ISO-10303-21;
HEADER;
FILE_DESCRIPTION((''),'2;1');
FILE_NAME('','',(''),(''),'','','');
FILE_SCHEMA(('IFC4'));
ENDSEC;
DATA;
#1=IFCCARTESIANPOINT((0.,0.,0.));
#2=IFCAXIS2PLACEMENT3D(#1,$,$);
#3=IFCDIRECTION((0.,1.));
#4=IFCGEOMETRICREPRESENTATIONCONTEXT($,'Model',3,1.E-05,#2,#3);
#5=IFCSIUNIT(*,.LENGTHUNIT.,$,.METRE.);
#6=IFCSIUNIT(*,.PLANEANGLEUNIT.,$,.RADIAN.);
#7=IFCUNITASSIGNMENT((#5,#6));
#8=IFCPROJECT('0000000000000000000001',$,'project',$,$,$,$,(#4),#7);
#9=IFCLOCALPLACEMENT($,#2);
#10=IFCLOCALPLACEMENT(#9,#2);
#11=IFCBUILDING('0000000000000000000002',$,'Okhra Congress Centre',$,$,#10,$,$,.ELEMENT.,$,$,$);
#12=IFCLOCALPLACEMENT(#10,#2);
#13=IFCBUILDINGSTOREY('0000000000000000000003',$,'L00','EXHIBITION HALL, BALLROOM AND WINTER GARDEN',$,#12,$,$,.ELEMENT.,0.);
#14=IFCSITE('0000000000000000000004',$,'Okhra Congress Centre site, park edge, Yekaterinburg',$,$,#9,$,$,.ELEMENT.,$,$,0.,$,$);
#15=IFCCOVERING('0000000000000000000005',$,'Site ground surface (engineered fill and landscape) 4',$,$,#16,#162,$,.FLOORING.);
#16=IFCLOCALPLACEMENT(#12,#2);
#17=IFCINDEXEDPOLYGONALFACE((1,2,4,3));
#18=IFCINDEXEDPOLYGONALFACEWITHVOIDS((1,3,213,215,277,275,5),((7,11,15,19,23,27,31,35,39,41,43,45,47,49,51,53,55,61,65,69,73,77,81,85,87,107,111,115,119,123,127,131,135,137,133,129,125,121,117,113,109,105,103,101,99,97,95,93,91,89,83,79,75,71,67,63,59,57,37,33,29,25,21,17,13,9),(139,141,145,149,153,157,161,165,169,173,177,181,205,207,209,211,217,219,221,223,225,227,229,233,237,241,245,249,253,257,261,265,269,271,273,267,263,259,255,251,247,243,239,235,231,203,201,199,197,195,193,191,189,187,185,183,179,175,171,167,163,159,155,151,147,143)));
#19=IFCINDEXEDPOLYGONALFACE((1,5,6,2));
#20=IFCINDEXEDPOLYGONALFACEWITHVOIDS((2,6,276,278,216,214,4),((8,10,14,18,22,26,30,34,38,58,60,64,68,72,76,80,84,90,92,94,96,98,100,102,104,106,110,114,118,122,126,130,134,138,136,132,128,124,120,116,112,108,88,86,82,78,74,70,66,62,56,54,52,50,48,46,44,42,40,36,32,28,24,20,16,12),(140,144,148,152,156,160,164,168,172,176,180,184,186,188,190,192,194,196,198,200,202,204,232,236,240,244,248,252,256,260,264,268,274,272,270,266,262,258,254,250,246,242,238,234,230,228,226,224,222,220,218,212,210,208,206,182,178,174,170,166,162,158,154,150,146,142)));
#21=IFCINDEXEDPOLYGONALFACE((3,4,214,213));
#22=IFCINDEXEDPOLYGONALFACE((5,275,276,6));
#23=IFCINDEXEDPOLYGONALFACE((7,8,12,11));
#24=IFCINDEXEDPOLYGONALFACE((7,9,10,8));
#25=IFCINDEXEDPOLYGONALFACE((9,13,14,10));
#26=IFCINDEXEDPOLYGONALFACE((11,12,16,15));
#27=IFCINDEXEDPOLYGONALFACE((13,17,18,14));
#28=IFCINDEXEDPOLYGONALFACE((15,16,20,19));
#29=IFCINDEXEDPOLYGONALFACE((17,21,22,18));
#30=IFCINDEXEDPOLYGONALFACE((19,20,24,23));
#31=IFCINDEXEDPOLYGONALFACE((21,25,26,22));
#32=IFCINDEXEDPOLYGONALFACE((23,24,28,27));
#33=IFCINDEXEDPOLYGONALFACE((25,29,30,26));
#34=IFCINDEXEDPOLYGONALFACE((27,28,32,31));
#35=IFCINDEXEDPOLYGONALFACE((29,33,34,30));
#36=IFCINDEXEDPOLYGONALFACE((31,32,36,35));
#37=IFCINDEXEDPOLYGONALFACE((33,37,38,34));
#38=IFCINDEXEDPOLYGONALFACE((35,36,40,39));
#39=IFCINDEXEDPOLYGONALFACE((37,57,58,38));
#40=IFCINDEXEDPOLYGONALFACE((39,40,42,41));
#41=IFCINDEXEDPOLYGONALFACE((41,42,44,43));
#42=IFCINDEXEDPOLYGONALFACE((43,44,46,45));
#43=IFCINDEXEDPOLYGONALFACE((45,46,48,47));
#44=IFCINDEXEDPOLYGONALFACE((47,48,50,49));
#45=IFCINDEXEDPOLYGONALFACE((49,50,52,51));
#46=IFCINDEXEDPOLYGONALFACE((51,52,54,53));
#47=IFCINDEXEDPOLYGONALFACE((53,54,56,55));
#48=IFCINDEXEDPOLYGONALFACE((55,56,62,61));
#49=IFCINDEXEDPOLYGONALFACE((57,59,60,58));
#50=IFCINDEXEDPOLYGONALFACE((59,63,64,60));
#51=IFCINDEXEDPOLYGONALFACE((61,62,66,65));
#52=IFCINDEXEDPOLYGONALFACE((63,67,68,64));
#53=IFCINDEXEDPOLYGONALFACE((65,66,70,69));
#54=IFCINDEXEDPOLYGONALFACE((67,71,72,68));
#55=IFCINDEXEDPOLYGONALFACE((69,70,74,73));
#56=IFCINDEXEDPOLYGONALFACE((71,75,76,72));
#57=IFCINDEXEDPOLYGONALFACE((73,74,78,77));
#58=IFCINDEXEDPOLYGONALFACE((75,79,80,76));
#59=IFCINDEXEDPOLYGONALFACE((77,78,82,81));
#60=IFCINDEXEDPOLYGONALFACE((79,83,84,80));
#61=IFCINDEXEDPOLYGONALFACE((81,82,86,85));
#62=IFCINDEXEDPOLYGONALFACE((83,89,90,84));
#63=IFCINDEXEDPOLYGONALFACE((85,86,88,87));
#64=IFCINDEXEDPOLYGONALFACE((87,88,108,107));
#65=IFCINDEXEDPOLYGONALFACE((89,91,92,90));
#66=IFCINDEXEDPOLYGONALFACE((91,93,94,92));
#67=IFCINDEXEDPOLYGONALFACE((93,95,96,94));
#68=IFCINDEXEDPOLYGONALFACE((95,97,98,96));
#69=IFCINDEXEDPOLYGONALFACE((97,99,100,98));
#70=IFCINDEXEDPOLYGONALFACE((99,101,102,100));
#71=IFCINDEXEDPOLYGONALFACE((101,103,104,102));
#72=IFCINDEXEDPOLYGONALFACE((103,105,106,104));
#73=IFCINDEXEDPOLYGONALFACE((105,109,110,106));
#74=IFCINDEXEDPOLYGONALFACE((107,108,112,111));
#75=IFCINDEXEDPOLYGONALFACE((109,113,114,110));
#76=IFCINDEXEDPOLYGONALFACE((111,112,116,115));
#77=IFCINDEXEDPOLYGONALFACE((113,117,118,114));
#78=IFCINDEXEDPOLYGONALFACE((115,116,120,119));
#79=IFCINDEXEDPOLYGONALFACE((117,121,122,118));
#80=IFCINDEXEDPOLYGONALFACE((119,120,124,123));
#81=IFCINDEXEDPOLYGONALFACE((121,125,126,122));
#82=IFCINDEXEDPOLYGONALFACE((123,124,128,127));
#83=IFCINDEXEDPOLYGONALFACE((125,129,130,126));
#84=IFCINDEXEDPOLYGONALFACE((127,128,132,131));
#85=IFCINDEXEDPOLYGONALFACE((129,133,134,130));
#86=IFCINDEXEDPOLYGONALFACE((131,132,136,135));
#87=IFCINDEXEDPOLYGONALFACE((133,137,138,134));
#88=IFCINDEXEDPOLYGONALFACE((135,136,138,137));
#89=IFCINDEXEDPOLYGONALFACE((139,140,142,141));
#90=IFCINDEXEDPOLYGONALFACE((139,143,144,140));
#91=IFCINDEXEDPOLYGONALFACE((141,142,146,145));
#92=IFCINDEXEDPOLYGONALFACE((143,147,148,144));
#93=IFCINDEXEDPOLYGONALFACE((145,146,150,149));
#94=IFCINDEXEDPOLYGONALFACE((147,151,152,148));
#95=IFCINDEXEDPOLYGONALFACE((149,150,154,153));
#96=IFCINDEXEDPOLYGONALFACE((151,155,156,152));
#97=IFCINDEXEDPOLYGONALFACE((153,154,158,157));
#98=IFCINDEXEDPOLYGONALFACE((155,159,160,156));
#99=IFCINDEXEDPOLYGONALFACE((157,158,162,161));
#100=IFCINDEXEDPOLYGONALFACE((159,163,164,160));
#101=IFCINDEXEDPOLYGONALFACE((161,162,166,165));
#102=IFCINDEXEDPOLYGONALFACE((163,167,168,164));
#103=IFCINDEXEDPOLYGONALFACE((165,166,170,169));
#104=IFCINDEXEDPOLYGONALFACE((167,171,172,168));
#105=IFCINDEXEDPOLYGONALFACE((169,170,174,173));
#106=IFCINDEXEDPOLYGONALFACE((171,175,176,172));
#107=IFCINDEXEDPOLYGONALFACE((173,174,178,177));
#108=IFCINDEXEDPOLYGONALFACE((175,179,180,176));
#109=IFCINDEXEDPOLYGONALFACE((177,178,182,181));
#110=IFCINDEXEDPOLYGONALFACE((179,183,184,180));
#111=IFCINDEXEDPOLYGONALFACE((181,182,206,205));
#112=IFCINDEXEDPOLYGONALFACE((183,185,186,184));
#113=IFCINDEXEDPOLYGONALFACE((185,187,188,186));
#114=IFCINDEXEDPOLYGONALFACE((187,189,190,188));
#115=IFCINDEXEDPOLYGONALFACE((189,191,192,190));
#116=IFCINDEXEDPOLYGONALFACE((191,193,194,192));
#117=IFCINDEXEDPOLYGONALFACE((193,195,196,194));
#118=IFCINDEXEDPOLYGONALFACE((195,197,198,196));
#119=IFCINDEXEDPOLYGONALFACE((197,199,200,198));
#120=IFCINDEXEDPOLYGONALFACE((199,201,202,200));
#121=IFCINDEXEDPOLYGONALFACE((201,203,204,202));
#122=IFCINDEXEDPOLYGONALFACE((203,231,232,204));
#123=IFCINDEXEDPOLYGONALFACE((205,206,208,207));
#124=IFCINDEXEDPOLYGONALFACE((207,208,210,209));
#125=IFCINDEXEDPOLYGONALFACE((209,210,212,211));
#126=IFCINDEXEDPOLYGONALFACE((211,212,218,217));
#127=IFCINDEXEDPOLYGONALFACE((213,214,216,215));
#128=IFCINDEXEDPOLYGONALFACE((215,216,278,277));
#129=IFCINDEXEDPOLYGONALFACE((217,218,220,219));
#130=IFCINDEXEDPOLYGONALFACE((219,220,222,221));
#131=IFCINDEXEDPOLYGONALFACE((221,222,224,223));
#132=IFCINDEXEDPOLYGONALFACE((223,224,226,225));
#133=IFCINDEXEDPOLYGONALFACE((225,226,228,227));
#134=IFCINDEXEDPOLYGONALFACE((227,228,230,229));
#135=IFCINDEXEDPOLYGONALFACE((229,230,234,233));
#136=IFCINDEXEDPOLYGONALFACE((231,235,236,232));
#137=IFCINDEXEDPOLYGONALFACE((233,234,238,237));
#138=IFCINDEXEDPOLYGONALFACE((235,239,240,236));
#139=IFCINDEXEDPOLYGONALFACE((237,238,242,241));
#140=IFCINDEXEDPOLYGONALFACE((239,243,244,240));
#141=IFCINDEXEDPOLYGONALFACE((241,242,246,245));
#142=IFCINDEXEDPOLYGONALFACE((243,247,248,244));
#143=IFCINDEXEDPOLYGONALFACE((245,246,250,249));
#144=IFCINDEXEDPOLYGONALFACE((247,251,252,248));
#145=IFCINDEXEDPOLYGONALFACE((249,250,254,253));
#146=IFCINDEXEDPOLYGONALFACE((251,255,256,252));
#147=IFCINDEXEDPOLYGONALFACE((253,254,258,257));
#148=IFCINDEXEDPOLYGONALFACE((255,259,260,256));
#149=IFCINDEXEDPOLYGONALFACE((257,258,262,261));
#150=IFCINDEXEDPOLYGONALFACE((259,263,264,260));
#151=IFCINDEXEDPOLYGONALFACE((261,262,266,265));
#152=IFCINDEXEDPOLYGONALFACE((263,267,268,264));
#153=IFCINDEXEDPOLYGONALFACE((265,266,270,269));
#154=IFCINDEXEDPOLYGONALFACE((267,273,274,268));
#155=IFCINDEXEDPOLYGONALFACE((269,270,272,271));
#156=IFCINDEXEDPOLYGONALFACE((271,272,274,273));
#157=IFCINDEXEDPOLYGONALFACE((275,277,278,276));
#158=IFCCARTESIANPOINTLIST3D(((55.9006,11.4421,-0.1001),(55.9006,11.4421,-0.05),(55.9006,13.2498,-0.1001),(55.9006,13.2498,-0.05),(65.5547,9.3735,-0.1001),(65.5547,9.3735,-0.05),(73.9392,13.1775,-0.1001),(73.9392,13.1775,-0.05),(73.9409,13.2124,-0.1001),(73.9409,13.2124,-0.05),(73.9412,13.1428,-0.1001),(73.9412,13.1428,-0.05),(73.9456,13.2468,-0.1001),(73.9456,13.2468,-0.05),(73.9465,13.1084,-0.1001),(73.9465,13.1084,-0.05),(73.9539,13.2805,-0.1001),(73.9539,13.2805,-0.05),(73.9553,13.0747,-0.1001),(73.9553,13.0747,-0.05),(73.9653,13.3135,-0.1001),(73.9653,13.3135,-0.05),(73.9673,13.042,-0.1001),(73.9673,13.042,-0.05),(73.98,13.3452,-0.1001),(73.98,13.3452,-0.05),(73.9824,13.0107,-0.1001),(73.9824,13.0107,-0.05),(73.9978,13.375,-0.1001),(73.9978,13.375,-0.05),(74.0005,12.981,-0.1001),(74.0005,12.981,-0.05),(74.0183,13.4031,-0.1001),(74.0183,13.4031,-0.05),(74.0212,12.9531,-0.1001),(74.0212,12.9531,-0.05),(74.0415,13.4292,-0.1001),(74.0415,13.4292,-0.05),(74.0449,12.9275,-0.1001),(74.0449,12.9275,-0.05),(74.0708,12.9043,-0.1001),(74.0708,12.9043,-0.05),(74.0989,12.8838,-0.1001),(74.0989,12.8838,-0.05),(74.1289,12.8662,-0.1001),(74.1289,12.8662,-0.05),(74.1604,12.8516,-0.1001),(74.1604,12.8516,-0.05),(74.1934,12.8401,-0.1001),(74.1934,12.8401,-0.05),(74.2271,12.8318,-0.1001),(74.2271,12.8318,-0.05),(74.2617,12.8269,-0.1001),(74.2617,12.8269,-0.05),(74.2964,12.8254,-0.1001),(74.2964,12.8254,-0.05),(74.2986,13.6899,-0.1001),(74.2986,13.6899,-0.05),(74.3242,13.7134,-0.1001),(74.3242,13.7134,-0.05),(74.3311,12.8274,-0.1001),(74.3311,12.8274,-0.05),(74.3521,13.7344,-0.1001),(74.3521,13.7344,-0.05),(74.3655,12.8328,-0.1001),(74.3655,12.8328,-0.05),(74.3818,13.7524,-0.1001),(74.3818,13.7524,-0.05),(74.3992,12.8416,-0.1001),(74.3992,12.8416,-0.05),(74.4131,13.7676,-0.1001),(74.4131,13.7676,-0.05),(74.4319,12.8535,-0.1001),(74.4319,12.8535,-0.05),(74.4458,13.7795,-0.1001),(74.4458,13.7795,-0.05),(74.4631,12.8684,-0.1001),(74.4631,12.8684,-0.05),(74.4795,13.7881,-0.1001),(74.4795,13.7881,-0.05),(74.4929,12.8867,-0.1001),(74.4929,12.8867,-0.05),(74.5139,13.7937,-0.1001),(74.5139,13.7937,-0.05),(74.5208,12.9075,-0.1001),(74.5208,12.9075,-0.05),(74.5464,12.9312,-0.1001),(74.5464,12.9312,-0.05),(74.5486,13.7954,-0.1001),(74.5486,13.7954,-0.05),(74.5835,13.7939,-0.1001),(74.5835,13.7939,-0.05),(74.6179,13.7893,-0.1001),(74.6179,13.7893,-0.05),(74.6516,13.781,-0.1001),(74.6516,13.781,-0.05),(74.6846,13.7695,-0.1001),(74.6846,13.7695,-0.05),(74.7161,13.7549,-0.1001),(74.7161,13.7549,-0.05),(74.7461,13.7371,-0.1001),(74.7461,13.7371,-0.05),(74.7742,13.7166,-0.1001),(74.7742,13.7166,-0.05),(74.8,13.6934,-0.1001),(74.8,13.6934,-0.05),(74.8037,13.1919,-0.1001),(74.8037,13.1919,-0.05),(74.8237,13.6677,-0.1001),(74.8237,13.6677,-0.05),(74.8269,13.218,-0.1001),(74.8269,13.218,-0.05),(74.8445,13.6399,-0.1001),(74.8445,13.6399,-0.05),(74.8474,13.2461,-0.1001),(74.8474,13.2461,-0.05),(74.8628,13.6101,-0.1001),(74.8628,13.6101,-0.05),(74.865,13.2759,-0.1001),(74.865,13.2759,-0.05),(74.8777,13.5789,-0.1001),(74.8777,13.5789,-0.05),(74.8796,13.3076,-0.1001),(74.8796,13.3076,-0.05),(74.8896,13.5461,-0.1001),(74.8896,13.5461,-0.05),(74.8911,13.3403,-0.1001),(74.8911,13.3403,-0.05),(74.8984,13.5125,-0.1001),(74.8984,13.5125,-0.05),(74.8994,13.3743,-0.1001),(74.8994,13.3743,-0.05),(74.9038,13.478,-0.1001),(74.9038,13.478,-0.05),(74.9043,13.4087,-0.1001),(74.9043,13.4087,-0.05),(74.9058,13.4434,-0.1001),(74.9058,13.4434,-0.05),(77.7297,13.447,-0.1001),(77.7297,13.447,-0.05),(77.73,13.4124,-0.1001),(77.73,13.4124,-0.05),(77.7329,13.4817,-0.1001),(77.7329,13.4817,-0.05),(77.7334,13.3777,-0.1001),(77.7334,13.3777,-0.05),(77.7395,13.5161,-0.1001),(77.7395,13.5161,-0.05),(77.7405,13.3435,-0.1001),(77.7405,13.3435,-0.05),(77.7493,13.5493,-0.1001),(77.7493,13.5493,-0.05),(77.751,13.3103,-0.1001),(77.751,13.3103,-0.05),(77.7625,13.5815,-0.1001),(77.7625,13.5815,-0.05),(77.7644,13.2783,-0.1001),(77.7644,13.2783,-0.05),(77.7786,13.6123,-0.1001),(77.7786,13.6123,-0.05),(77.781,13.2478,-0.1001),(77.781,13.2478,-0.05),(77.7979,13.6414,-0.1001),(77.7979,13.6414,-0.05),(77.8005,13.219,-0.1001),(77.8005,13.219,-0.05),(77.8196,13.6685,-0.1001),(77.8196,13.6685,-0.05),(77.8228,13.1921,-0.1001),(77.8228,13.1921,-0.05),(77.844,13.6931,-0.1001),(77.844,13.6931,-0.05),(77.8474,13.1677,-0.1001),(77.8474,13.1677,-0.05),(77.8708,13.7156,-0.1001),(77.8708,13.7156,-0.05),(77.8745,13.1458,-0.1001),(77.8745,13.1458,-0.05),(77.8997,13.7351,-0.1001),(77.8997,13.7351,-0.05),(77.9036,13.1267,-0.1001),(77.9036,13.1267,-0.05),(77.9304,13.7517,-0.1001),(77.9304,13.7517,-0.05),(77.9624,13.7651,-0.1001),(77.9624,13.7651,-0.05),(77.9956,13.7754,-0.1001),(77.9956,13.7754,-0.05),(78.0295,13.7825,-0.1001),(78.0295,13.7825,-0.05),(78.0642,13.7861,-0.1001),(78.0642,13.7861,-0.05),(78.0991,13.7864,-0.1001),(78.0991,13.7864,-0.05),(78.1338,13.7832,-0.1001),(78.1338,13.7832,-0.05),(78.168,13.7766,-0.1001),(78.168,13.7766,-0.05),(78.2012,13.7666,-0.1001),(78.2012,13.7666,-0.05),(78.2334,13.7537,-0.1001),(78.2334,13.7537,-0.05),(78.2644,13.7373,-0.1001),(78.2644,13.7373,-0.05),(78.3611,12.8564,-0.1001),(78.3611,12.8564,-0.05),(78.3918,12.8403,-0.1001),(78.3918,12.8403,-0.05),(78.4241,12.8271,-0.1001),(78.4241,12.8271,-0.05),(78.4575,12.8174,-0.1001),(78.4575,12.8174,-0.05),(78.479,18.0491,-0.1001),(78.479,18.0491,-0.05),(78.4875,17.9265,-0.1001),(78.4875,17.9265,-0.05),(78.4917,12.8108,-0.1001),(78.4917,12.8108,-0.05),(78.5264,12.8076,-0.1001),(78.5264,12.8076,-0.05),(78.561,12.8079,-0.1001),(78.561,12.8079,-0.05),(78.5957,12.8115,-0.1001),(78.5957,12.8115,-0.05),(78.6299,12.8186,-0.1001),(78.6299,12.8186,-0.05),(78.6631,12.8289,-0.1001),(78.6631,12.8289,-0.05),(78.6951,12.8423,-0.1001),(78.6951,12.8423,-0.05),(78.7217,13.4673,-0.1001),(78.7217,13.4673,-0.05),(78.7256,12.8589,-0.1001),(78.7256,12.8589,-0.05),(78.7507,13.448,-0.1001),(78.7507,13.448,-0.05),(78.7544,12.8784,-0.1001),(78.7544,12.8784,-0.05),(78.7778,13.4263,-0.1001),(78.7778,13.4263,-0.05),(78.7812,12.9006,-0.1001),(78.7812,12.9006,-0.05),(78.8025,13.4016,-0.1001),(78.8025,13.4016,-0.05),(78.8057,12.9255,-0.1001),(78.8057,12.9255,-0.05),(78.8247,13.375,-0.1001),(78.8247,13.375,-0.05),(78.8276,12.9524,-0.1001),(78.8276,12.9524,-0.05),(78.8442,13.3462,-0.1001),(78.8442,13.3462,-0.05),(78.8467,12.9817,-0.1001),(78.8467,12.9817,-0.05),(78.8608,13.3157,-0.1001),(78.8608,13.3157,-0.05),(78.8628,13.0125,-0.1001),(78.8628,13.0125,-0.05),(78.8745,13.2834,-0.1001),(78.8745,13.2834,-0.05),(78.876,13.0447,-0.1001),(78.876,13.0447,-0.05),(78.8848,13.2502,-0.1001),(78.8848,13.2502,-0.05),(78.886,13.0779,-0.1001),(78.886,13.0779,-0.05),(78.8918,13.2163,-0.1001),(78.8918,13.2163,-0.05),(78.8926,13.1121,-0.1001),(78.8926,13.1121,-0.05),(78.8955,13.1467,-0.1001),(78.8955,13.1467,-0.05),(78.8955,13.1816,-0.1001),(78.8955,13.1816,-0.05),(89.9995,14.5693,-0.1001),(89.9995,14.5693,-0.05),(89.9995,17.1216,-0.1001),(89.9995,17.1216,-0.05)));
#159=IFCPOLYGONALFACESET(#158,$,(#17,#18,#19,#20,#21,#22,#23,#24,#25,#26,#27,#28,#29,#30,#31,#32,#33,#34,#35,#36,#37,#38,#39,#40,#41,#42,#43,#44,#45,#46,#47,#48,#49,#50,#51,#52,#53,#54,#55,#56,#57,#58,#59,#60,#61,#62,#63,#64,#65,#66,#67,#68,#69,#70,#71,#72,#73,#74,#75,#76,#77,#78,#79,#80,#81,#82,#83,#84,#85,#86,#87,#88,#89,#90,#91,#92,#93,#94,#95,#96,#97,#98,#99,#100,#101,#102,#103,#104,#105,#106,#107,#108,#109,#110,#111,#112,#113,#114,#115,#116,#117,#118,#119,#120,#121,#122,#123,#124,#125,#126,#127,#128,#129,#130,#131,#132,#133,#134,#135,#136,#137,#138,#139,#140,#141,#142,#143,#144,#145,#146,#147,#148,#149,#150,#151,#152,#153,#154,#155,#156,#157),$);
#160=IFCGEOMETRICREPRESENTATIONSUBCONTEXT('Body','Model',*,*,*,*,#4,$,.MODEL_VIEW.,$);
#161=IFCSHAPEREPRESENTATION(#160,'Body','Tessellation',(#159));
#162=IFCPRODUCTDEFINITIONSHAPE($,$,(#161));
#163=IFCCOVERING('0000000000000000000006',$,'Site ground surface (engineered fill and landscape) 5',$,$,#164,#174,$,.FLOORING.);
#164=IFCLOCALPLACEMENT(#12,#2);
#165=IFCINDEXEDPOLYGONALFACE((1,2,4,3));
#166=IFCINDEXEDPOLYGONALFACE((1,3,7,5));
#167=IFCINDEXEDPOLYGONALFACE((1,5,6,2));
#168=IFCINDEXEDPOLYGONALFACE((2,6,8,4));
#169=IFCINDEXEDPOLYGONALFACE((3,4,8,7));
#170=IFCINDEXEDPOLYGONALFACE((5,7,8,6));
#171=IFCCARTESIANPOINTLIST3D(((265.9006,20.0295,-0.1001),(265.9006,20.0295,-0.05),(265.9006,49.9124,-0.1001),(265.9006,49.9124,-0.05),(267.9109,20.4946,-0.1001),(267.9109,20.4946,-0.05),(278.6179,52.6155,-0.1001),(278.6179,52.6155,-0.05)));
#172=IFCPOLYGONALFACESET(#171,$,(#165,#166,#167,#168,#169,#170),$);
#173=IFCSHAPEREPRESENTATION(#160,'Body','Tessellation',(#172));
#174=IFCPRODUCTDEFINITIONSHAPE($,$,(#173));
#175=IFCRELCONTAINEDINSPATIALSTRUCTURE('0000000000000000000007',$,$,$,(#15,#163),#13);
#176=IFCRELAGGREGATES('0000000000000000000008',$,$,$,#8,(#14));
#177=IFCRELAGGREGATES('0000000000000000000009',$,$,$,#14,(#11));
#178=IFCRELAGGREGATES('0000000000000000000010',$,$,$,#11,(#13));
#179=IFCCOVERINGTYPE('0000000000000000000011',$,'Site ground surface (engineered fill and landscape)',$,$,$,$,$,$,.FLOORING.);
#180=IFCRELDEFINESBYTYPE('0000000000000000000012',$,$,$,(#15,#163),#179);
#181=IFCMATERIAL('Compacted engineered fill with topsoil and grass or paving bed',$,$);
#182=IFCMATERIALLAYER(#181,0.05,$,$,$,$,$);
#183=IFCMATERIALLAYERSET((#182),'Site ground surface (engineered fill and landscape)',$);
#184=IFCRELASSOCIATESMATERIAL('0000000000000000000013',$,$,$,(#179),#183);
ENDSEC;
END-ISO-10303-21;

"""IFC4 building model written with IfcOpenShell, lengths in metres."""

from ifc_helpers import new_model, si_unit, direction, frame, origin, place, context, subcontext, project, spatial, polyline, outline, extrude, material, layer, layer_set, type_object, element, save


model = new_model("IFC4")

# Units and contexts
model_context = context("Model", 3, precision=1e-05, world=origin(), true_north=direction((0.0, 1.0)))
body_context = subcontext(model_context, "Body", "Model", "MODEL_VIEW")
ifc_project = project(units=[si_unit("LENGTHUNIT", "METRE"), si_unit("PLANEANGLEUNIT", "RADIAN")], contexts=[model_context])

# Site, building, storey
site_placement = place(None, origin())
site = spatial("IfcSite", under=ifc_project, at=site_placement, Name="Okhra Congress Centre site, park edge, Yekaterinburg", CompositionType="ELEMENT", RefElevation=0.0)
building_placement = place(site_placement, origin())
building = spatial("IfcBuilding", under=site, at=building_placement, Name="Okhra Congress Centre", CompositionType="ELEMENT")
storey_placement = place(building_placement, origin())
storey = spatial("IfcBuildingStorey", under=building, at=storey_placement, Name="L00", Description="EXHIBITION HALL, BALLROOM AND WINTER GARDEN", CompositionType="ELEMENT", Elevation=0.0)

# Coverings
ifc_material_1 = material(Name="Compacted engineered fill with topsoil and grass or paving bed")
ifc_layer_1 = layer(ifc_material_1, 0.05)
ifc_layer_set_1 = layer_set([ifc_layer_1], Name="Site ground surface (engineered fill and landscape)")
covering_type = type_object("IfcCoveringType", Name="Site ground surface (engineered fill and landscape)", PredefinedType="FLOORING", material=ifc_layer_set_1)
covering_1_placement = place(storey_placement, frame((0.0, 0.0, -0.1001)))
element("IfcCovering", 1, at=covering_1_placement, inside=storey, type_object=covering_type, Name="Site ground surface (engineered fill and landscape) 4", PredefinedType="FLOORING", context=body_context, shape_type="SweptSolid", body=[
    extrude(outline(polyline([(55.9006, 11.4421), (65.5547, 9.3735), (89.9995, 14.5693), (89.9995, 17.1216), (78.4875, 17.9265), (78.479, 18.0491), (55.9006, 13.2498), (55.9006, 11.4421)]), holes=[polyline([(77.7405, 13.3435), (77.751, 13.3103), (77.7644, 13.2783), (77.781, 13.2478), (77.8005, 13.219), (77.8228, 13.1921), (77.8474, 13.1677), (77.8745, 13.1458), (77.9036, 13.1267), (78.3611, 12.8564), (78.3918, 12.8403), (78.4241, 12.8271), (78.4575, 12.8174), (78.4917, 12.8108), (78.5264, 12.8076), (78.561, 12.8079), (78.5957, 12.8115), (78.6299, 12.8186), (78.6631, 12.8289), (78.6951, 12.8423), (78.7256, 12.8589), (78.7544, 12.8784), (78.7812, 12.9006), (78.8057, 12.9255), (78.8276, 12.9524), (78.8467, 12.9817), (78.8628, 13.0125), (78.876, 13.0447), (78.886, 13.0779), (78.8926, 13.1121), (78.8955, 13.1467), (78.8955, 13.1816), (78.8918, 13.2163), (78.8848, 13.2502), (78.8745, 13.2834), (78.8608, 13.3157), (78.8442, 13.3462), (78.8247, 13.375), (78.8025, 13.4016), (78.7778, 13.4263), (78.7507, 13.448), (78.7217, 13.4673), (78.2644, 13.7373), (78.2334, 13.7537), (78.2012, 13.7666), (78.168, 13.7766), (78.1338, 13.7832), (78.0991, 13.7864), (78.0642, 13.7861), (78.0295, 13.7825), (77.9956, 13.7754), (77.9624, 13.7651), (77.9304, 13.7517), (77.8997, 13.7351), (77.8708, 13.7156), (77.844, 13.6931), (77.8196, 13.6685), (77.7979, 13.6414), (77.7786, 13.6123), (77.7625, 13.5815), (77.7493, 13.5493), (77.7395, 13.5161), (77.7329, 13.4817), (77.7297, 13.447), (77.73, 13.4124), (77.7334, 13.3777), (77.7405, 13.3435)]), polyline([(74.2964, 12.8254), (74.3311, 12.8274), (74.3655, 12.8328), (74.3992, 12.8416), (74.4319, 12.8535), (74.4631, 12.8684), (74.4929, 12.8867), (74.5208, 12.9075), (74.5464, 12.9312), (74.8037, 13.1919), (74.8269, 13.218), (74.8474, 13.2461), (74.865, 13.2759), (74.8796, 13.3076), (74.8911, 13.3403), (74.8994, 13.3743), (74.9043, 13.4087), (74.9058, 13.4434), (74.9038, 13.478), (74.8984, 13.5125), (74.8896, 13.5461), (74.8777, 13.5789), (74.8628, 13.6101), (74.8445, 13.6399), (74.8237, 13.6677), (74.8, 13.6934), (74.7742, 13.7166), (74.7461, 13.7371), (74.7161, 13.7549), (74.6846, 13.7695), (74.6516, 13.781), (74.6179, 13.7893), (74.5835, 13.7939), (74.5486, 13.7954), (74.5139, 13.7937), (74.4795, 13.7881), (74.4458, 13.7795), (74.4131, 13.7676), (74.3818, 13.7524), (74.3521, 13.7344), (74.3242, 13.7134), (74.2986, 13.6899), (74.0415, 13.4292), (74.0183, 13.4031), (73.9978, 13.375), (73.98, 13.3452), (73.9653, 13.3135), (73.9539, 13.2805), (73.9456, 13.2468), (73.9409, 13.2124), (73.9392, 13.1775), (73.9412, 13.1428), (73.9465, 13.1084), (73.9553, 13.0747), (73.9673, 13.042), (73.9824, 13.0107), (74.0005, 12.981), (74.0212, 12.9531), (74.0449, 12.9275), (74.0708, 12.9043), (74.0989, 12.8838), (74.1289, 12.8662), (74.1604, 12.8516), (74.1934, 12.8401), (74.2271, 12.8318), (74.2617, 12.8269), (74.2964, 12.8254)])]), origin(), (0.0, 0.0, 1.0), 0.05),
])
covering_2_placement = place(storey_placement, frame((0.0, 0.0, -0.1001)))
element("IfcCovering", 2, at=covering_2_placement, inside=storey, type_object=covering_type, Name="Site ground surface (engineered fill and landscape) 5", PredefinedType="FLOORING", context=body_context, shape_type="SweptSolid", body=[
    extrude(outline(polyline([(267.9109, 20.4946), (278.6179, 52.6155), (265.9006, 49.9124), (265.9006, 20.0295), (267.9109, 20.4946)])), origin(), (0.0, 0.0, 1.0), 0.05),
])

save(model, "model.ifc")
